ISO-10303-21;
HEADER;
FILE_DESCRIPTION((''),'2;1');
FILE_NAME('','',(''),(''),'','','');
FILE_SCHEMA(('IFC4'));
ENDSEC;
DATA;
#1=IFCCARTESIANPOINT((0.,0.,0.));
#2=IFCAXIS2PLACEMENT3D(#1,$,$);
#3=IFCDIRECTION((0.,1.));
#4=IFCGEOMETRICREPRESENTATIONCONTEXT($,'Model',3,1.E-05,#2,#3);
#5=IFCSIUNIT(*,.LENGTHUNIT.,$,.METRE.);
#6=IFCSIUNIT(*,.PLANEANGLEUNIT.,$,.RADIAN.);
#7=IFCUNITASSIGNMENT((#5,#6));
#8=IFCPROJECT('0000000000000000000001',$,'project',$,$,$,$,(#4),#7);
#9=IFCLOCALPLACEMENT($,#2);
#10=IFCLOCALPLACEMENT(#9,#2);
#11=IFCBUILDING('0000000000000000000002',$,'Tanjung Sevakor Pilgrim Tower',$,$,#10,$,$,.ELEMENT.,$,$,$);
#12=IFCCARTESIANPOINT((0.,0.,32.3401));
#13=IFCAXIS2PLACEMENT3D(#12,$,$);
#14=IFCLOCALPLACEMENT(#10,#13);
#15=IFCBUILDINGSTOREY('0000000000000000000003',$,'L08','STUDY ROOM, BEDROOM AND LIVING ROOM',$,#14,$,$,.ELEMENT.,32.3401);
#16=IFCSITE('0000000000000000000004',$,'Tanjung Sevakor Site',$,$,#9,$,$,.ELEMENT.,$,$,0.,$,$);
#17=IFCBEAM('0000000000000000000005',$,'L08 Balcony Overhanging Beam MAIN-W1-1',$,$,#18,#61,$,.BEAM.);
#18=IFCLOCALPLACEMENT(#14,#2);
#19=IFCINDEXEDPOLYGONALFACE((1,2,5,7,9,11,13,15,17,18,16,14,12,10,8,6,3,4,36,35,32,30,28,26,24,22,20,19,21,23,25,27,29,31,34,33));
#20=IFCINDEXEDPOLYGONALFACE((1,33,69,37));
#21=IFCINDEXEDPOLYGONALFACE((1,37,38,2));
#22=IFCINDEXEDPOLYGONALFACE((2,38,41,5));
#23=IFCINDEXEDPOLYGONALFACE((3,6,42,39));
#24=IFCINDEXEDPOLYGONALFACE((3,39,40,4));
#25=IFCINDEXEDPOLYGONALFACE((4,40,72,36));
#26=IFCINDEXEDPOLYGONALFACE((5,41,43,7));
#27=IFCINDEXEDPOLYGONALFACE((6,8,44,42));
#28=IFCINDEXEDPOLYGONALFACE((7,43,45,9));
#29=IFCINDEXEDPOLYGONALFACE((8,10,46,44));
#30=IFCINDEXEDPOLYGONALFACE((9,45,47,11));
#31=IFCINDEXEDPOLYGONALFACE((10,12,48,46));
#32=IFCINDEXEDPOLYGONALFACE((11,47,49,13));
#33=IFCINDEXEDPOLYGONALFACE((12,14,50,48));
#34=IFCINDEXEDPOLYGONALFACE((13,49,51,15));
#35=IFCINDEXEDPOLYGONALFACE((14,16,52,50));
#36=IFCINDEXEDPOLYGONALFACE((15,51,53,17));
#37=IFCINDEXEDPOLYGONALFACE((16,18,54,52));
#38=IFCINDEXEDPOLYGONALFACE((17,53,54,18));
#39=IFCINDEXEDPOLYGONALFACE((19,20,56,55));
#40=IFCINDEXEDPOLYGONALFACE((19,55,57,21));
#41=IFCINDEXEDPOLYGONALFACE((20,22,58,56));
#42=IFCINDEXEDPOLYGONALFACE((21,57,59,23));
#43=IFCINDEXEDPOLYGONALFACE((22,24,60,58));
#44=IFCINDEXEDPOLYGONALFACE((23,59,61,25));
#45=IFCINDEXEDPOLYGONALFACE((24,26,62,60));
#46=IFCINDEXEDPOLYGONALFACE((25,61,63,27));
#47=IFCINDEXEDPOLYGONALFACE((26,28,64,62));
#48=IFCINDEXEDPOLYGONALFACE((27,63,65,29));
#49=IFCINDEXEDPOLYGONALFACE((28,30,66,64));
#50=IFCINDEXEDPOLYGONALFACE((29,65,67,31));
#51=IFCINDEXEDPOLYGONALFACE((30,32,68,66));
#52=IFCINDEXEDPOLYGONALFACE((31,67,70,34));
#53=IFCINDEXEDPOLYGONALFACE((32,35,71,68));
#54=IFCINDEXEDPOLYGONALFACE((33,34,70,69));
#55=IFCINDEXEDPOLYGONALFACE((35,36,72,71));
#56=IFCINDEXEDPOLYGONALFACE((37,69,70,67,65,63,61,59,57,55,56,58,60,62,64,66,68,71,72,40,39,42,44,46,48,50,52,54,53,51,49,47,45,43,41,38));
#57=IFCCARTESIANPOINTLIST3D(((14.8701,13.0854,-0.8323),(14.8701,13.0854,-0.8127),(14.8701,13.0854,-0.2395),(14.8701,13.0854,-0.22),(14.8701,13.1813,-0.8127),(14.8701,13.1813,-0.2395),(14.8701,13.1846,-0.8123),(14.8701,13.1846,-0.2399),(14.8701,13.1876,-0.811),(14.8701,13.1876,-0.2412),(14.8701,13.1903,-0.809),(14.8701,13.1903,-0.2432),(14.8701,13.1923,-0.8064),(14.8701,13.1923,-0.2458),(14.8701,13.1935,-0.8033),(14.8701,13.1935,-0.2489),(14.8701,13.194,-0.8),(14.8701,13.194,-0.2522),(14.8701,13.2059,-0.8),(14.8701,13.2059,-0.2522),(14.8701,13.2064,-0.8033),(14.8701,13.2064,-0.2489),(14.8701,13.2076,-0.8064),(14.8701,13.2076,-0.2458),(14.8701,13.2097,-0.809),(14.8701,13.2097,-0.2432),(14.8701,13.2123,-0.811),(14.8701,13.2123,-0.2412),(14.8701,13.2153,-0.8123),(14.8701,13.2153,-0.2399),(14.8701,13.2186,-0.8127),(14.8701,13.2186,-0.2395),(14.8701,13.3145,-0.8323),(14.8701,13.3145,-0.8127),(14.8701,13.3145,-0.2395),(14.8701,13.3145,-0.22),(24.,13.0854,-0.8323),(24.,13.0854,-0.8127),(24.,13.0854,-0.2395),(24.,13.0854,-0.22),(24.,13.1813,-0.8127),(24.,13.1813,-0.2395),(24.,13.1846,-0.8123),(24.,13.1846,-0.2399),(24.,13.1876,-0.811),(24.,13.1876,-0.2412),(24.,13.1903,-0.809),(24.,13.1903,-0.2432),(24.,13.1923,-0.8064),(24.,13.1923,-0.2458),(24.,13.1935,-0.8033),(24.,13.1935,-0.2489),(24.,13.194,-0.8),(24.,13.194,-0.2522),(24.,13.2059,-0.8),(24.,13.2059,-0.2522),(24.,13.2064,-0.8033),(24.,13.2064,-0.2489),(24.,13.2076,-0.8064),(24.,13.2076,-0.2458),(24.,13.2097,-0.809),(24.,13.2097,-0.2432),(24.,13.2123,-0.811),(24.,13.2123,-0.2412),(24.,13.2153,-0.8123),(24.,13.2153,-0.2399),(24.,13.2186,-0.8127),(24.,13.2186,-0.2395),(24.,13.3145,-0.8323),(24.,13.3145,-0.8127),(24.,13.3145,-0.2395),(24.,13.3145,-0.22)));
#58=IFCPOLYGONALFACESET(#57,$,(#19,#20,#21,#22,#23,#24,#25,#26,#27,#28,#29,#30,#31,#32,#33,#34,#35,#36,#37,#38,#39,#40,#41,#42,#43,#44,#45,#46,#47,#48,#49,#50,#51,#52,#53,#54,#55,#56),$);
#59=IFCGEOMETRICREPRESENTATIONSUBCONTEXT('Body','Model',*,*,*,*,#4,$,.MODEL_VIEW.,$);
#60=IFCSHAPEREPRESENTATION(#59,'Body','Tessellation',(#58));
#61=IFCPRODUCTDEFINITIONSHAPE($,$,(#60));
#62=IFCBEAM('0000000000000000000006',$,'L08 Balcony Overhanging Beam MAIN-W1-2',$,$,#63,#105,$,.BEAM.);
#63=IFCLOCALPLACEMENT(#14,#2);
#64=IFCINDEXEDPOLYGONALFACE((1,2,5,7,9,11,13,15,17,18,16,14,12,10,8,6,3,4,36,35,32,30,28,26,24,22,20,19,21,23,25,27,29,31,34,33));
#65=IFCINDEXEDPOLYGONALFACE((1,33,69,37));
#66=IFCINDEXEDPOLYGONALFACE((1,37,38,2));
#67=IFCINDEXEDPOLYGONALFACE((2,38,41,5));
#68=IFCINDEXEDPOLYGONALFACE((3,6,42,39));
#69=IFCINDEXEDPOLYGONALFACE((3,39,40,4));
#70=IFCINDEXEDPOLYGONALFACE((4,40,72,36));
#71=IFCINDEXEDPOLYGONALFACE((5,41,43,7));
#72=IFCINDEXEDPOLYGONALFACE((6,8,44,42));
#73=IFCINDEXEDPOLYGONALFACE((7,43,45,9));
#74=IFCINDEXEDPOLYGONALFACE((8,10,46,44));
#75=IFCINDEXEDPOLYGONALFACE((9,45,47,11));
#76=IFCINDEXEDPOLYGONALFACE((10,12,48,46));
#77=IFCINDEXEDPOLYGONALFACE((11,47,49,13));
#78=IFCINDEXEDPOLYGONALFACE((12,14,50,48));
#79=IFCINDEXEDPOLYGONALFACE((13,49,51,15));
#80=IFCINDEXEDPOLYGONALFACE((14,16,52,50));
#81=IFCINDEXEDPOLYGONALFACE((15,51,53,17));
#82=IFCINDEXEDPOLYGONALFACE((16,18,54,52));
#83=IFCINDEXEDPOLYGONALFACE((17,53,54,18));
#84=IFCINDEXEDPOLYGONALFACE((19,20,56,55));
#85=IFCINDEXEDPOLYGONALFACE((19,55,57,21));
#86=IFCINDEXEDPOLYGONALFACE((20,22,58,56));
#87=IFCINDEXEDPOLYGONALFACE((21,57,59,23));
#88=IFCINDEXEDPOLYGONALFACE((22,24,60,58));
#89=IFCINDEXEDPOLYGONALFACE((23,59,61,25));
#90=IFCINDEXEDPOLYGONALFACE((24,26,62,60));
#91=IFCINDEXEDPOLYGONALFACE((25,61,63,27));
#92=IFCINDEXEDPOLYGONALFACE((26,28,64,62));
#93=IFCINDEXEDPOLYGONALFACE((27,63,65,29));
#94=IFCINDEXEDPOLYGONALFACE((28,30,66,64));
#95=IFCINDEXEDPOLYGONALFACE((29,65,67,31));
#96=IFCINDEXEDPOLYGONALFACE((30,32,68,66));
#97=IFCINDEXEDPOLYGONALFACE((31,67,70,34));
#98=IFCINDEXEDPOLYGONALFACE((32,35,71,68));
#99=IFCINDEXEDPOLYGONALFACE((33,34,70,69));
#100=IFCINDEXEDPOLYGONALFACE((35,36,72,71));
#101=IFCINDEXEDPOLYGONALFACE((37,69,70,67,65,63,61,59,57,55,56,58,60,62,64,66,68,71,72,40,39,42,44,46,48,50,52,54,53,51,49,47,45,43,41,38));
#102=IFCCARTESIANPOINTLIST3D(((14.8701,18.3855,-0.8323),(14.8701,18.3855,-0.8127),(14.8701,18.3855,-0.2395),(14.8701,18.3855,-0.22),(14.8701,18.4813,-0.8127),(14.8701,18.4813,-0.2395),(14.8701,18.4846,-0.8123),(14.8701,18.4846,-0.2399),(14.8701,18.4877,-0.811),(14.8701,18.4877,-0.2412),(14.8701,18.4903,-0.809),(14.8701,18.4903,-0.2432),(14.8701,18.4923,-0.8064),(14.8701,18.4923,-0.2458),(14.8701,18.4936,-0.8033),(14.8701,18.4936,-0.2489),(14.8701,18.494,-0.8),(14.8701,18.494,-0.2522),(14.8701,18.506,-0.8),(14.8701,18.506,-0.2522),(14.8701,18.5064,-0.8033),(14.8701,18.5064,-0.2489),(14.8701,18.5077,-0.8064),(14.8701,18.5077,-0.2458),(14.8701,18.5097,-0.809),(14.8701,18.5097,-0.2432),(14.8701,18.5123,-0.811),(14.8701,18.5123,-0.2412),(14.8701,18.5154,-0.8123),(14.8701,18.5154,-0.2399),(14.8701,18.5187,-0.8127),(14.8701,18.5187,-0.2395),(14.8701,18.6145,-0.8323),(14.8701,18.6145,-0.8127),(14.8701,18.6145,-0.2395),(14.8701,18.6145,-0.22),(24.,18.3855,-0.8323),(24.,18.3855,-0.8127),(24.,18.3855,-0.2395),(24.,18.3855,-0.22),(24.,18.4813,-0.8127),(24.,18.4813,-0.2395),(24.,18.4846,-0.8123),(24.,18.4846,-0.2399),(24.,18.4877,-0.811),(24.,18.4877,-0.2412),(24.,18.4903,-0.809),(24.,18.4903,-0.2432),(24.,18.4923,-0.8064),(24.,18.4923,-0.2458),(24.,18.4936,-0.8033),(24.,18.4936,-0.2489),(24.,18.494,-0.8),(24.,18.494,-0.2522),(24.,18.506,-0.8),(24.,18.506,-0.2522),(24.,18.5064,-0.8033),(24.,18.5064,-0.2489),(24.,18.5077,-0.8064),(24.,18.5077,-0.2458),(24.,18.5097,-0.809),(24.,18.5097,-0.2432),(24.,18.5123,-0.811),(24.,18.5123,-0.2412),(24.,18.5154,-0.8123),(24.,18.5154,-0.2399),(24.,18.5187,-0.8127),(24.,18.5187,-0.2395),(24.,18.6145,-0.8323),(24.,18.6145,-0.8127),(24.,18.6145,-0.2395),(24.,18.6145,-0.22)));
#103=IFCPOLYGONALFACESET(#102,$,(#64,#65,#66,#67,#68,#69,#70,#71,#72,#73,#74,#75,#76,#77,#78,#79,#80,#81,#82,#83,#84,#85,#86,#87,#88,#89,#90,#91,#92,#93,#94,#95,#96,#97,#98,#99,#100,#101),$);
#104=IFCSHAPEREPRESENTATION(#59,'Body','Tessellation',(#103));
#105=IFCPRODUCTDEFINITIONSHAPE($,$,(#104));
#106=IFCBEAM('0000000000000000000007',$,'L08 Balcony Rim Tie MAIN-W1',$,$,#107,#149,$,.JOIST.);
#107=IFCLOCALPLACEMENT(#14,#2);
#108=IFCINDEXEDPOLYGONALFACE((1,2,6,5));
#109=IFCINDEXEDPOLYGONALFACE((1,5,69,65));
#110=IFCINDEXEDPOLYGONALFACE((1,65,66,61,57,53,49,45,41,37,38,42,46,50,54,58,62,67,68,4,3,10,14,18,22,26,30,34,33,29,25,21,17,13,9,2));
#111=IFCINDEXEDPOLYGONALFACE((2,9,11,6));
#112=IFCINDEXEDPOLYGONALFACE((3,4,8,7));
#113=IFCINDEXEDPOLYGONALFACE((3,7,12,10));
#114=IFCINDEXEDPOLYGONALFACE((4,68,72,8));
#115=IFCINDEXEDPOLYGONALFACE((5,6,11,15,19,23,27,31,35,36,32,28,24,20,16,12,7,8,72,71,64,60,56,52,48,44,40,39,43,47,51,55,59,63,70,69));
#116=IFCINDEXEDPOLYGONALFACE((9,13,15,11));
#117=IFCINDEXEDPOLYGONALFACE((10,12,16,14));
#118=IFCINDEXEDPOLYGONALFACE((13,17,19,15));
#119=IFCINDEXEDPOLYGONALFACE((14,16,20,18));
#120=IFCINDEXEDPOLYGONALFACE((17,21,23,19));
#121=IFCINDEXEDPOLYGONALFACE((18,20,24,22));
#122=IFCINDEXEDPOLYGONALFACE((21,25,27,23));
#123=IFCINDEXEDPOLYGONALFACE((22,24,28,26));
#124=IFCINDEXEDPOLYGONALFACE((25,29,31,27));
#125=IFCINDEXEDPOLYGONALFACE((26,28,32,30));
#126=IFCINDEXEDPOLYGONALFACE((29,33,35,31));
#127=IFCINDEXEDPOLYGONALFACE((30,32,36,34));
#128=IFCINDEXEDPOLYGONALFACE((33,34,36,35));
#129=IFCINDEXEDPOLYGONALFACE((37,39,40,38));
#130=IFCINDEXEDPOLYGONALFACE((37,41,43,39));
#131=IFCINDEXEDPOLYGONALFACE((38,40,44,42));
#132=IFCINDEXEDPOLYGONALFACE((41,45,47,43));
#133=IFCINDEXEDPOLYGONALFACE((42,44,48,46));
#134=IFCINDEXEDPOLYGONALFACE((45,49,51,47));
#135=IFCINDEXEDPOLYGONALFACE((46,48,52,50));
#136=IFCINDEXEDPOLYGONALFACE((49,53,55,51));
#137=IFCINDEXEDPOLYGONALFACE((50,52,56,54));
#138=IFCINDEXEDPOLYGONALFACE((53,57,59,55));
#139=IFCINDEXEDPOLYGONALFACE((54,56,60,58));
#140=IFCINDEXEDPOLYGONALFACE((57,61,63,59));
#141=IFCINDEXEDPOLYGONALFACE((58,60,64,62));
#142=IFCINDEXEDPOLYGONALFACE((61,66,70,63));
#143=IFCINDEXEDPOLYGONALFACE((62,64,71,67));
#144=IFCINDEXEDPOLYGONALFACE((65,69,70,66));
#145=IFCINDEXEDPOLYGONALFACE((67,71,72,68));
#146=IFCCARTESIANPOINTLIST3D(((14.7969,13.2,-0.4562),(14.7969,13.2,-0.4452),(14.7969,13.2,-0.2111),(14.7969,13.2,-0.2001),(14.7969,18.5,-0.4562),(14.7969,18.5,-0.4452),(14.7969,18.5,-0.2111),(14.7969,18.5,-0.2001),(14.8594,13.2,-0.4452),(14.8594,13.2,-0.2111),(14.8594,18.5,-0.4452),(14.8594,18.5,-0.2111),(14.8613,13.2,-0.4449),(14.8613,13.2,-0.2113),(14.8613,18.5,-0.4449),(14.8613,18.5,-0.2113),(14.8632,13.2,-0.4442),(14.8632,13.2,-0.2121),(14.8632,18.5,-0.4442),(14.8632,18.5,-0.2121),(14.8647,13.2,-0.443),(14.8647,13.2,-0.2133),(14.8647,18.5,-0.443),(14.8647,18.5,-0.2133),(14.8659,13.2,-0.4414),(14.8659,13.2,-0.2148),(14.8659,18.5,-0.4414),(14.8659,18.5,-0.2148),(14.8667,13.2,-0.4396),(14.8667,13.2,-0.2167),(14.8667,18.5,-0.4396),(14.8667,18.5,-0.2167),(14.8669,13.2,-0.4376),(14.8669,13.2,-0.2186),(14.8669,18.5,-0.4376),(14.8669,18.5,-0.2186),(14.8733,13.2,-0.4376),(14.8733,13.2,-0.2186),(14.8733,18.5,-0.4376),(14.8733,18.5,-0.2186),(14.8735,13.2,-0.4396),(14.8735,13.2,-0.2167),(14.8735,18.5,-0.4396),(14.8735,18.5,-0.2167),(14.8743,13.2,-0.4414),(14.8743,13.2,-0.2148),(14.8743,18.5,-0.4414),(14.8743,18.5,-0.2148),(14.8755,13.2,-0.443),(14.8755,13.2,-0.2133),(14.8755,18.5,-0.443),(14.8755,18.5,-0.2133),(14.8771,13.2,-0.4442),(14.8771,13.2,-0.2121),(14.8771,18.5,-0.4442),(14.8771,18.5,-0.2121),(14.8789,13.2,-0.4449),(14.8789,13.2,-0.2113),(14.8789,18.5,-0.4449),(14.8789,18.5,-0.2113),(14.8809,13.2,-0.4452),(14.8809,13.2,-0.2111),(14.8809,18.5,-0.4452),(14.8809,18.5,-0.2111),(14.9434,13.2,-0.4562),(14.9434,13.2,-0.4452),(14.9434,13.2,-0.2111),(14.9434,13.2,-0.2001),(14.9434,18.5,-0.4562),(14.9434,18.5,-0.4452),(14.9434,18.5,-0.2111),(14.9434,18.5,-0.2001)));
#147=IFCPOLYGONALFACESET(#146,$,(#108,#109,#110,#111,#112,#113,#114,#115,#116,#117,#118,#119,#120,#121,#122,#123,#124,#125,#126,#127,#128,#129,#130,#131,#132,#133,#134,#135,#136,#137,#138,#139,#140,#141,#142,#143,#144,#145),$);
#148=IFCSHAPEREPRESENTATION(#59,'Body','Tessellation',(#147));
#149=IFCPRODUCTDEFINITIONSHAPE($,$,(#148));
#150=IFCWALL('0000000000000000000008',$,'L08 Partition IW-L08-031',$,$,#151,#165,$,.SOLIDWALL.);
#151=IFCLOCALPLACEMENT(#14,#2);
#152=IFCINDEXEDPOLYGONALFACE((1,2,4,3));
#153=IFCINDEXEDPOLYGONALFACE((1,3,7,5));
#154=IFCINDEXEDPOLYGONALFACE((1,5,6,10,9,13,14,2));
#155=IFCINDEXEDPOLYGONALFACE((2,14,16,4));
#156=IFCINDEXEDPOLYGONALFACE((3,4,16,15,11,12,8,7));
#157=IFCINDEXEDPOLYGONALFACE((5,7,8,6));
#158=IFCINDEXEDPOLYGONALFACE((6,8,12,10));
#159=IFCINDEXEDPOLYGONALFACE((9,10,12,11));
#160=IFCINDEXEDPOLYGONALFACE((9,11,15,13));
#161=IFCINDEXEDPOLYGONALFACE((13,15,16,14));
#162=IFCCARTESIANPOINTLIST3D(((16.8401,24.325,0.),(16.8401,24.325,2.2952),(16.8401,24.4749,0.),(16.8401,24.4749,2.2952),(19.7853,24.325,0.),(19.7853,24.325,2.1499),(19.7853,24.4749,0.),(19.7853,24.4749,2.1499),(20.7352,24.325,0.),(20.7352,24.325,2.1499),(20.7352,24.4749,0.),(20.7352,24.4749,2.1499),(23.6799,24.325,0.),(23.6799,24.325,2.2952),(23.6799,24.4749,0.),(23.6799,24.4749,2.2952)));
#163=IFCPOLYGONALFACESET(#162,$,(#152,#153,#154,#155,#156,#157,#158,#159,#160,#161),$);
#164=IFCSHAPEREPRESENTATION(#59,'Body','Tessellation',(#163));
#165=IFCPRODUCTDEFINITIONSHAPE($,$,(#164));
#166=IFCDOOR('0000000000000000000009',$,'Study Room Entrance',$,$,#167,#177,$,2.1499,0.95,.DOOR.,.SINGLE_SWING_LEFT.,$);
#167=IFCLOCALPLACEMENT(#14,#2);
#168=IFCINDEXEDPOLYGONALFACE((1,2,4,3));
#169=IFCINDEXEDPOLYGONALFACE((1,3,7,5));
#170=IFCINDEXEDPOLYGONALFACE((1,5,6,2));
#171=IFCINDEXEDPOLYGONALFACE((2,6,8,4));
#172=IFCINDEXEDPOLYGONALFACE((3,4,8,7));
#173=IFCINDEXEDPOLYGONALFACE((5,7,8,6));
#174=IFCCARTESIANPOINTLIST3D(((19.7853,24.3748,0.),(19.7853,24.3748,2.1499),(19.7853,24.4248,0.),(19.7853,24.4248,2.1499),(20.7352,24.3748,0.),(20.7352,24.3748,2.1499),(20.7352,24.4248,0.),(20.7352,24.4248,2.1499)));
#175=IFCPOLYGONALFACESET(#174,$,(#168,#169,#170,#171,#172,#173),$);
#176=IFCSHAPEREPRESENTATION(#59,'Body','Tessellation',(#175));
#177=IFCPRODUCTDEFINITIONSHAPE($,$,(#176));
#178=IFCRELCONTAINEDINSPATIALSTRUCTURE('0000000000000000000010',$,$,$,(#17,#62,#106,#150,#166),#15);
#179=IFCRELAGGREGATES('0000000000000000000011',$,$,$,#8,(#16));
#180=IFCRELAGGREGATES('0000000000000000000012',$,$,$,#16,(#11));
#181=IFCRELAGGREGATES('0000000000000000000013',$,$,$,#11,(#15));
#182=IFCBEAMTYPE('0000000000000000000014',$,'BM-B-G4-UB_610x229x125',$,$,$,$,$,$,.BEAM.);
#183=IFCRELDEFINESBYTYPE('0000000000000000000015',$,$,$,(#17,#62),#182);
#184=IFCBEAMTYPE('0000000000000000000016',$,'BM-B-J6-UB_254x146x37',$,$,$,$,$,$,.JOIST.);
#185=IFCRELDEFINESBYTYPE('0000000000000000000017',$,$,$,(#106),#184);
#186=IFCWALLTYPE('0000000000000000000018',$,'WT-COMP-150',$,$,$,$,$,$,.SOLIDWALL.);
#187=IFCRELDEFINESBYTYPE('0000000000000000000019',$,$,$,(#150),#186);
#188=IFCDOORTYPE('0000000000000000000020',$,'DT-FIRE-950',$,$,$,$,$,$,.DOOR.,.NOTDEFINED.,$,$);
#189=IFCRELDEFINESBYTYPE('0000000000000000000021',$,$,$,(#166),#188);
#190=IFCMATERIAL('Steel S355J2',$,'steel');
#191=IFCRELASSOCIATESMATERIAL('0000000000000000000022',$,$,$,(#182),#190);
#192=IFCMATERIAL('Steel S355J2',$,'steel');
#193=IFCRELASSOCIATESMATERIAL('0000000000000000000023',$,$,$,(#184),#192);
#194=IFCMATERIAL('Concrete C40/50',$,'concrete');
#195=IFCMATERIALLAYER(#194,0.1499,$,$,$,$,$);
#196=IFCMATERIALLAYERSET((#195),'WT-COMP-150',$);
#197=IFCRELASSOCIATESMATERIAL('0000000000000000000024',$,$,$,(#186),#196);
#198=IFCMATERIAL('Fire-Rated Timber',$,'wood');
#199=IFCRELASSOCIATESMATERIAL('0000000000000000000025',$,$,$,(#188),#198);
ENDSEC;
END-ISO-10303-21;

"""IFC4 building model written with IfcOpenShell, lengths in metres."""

from ifc_helpers import new_model, si_unit, direction, frame, frame_2d, origin, origin_2d, place, context, subcontext, project, spatial, rectangle, i_section, extrude, material, layer, layer_set, material_profile, profile_set, type_object, element, fill, save


model = new_model("IFC4")

# Units and contexts
model_context = context("Model", 3, precision=1e-05, world=origin(), true_north=direction((0.0, 1.0)))
body_context = subcontext(model_context, "Body", "Model", "MODEL_VIEW")
ifc_project = project(units=[si_unit("LENGTHUNIT", "METRE"), si_unit("PLANEANGLEUNIT", "RADIAN")], contexts=[model_context])

# Site, building, storey
site_placement = place(None, origin())
site = spatial("IfcSite", under=ifc_project, at=site_placement, Name="Tanjung Sevakor Site", CompositionType="ELEMENT", RefElevation=0.0)
building_placement = place(site_placement, origin())
building = spatial("IfcBuilding", under=site, at=building_placement, Name="Tanjung Sevakor Pilgrim Tower", CompositionType="ELEMENT")
storey_placement = place(building_placement, frame((0.0, 0.0, 32.3401)))
storey = spatial("IfcBuildingStorey", under=building, at=storey_placement, Name="L08", Description="STUDY ROOM, BEDROOM AND LIVING ROOM", CompositionType="ELEMENT", Elevation=32.3401)

# Beams
ifc_material_1 = material(Name="Steel S355J2", Category="steel")
ifc_material_profile_1 = material_profile(ifc_material_1, i_section(OverallWidth=0.229, OverallDepth=0.6123, WebThickness=0.012, FlangeThickness=0.0195, FilletRadius=0.0127, at=origin_2d()))
ifc_profile_set_1 = profile_set([ifc_material_profile_1], Name="Steel S355J2")
beam_type_1 = type_object("IfcBeamType", Name="BM-B-G4-UB_610x229x125", PredefinedType="BEAM", material=ifc_profile_set_1)
for number, where, z_axis, x_axis, name in (
    (1, (24.0, 13.2, -0.5261), (-1.0, 0.0, 0.0), (0.0, -1.0, 0.0), "L08 Balcony Overhanging Beam MAIN-W1-1"),
    (2, (24.0, 18.5, -0.5261), (-1.0, 0.0, 0.0), (0.0, -1.0, 0.0), "L08 Balcony Overhanging Beam MAIN-W1-2"),
):
    element("IfcBeam", number, at=place(storey_placement, frame(where, z_axis=z_axis, x_axis=x_axis)), inside=storey, type_object=beam_type_1, Name=name, PredefinedType="BEAM", context=body_context, shape_type="SweptSolid", body=[
        extrude(i_section(OverallWidth=0.229, OverallDepth=0.6123, WebThickness=0.012, FlangeThickness=0.0195, FilletRadius=0.0127, at=origin_2d()), origin(), (0.0, 0.0, 1.0), 9.1299),
    ])
ifc_material_2 = material(Name="Steel S355J2", Category="steel")
ifc_material_profile_2 = material_profile(ifc_material_2, i_section(OverallWidth=0.1465, OverallDepth=0.2561, WebThickness=0.0063, FlangeThickness=0.011, FilletRadius=0.0076, at=origin_2d()))
ifc_profile_set_2 = profile_set([ifc_material_profile_2], Name="Steel S355J2")
beam_type_2 = type_object("IfcBeamType", Name="BM-B-J6-UB_254x146x37", PredefinedType="JOIST", material=ifc_profile_set_2)
beam_1_placement = place(storey_placement, frame((14.8701, 13.2, -0.3281), z_axis=(0.0, 1.0, 0.0), x_axis=(-1.0, 0.0, 0.0)))
element("IfcBeam", 3, at=beam_1_placement, inside=storey, type_object=beam_type_2, Name="L08 Balcony Rim Tie MAIN-W1", PredefinedType="JOIST", context=body_context, shape_type="SweptSolid", body=[
    extrude(i_section(OverallWidth=0.1465, OverallDepth=0.2561, WebThickness=0.0063, FlangeThickness=0.011, FilletRadius=0.0076, at=origin_2d()), origin(), (0.0, 0.0, 1.0), 5.3),
])

# Wall, opening, door
ifc_material_3 = material(Name="Concrete C40/50", Category="concrete")
ifc_layer_1 = layer(ifc_material_3, 0.1499)
ifc_layer_set_1 = layer_set([ifc_layer_1], Name="WT-COMP-150")
wall_type_1 = type_object("IfcWallType", Name="WT-COMP-150", PredefinedType="SOLIDWALL", material=ifc_layer_set_1)
wall_1_placement = place(storey_placement, frame((16.8401, 24.3999, 0.0), z_axis=(0.0, 0.0, 1.0), x_axis=(1.0, 0.0, 0.0)))
wall_1 = element("IfcWall", 4, at=wall_1_placement, inside=storey, type_object=wall_type_1, Name="L08 Partition IW-L08-031", PredefinedType="SOLIDWALL", context=body_context, shape_type="SweptSolid", body=[
    extrude(rectangle(XDim=6.8398, YDim=0.1499, at=frame_2d((3.4199, 0.0))), origin(), (0.0, 0.0, 1.0), 2.2952),
])
opening_1_placement = place(wall_1_placement, frame((2.9451, 0.0, 0.0)))
opening_1 = element("IfcOpeningElement", 5, at=opening_1_placement, cuts=wall_1, PredefinedType="OPENING", context=body_context, shape_type="SweptSolid", body=[
    extrude(rectangle(XDim=0.95, YDim=2.1499, at=frame_2d((0.4751, 1.075))), frame((0.0, 0.085, 0.0), z_axis=(0.0, -1.0, 0.0), x_axis=(1.0, 0.0, 0.0)), (0.0, 0.0, 1.0), 0.1699),
])
ifc_material_4 = material(Name="Fire-Rated Timber", Category="wood")
door_type = type_object("IfcDoorType", Name="DT-FIRE-950", OperationType="NOTDEFINED", PredefinedType="DOOR", material=ifc_material_4)
door_1_placement = place(opening_1_placement, origin())
door_1 = element("IfcDoor", 6, at=door_1_placement, inside=storey, type_object=door_type, Name="Study Room Entrance", OperationType="SINGLE_SWING_LEFT", OverallHeight=2.1499, OverallWidth=0.95, PredefinedType="DOOR", context=body_context, shape_type="SweptSolid", body=[
    extrude(rectangle(XDim=0.95, YDim=2.1499, at=frame_2d((0.4751, 1.075))), frame((0.0, 0.0249, 0.0), z_axis=(0.0, -1.0, 0.0), x_axis=(1.0, 0.0, 0.0)), (0.0, 0.0, 1.0), 0.05),
])
fill(opening_1, door_1)

save(model, "model.ifc")
